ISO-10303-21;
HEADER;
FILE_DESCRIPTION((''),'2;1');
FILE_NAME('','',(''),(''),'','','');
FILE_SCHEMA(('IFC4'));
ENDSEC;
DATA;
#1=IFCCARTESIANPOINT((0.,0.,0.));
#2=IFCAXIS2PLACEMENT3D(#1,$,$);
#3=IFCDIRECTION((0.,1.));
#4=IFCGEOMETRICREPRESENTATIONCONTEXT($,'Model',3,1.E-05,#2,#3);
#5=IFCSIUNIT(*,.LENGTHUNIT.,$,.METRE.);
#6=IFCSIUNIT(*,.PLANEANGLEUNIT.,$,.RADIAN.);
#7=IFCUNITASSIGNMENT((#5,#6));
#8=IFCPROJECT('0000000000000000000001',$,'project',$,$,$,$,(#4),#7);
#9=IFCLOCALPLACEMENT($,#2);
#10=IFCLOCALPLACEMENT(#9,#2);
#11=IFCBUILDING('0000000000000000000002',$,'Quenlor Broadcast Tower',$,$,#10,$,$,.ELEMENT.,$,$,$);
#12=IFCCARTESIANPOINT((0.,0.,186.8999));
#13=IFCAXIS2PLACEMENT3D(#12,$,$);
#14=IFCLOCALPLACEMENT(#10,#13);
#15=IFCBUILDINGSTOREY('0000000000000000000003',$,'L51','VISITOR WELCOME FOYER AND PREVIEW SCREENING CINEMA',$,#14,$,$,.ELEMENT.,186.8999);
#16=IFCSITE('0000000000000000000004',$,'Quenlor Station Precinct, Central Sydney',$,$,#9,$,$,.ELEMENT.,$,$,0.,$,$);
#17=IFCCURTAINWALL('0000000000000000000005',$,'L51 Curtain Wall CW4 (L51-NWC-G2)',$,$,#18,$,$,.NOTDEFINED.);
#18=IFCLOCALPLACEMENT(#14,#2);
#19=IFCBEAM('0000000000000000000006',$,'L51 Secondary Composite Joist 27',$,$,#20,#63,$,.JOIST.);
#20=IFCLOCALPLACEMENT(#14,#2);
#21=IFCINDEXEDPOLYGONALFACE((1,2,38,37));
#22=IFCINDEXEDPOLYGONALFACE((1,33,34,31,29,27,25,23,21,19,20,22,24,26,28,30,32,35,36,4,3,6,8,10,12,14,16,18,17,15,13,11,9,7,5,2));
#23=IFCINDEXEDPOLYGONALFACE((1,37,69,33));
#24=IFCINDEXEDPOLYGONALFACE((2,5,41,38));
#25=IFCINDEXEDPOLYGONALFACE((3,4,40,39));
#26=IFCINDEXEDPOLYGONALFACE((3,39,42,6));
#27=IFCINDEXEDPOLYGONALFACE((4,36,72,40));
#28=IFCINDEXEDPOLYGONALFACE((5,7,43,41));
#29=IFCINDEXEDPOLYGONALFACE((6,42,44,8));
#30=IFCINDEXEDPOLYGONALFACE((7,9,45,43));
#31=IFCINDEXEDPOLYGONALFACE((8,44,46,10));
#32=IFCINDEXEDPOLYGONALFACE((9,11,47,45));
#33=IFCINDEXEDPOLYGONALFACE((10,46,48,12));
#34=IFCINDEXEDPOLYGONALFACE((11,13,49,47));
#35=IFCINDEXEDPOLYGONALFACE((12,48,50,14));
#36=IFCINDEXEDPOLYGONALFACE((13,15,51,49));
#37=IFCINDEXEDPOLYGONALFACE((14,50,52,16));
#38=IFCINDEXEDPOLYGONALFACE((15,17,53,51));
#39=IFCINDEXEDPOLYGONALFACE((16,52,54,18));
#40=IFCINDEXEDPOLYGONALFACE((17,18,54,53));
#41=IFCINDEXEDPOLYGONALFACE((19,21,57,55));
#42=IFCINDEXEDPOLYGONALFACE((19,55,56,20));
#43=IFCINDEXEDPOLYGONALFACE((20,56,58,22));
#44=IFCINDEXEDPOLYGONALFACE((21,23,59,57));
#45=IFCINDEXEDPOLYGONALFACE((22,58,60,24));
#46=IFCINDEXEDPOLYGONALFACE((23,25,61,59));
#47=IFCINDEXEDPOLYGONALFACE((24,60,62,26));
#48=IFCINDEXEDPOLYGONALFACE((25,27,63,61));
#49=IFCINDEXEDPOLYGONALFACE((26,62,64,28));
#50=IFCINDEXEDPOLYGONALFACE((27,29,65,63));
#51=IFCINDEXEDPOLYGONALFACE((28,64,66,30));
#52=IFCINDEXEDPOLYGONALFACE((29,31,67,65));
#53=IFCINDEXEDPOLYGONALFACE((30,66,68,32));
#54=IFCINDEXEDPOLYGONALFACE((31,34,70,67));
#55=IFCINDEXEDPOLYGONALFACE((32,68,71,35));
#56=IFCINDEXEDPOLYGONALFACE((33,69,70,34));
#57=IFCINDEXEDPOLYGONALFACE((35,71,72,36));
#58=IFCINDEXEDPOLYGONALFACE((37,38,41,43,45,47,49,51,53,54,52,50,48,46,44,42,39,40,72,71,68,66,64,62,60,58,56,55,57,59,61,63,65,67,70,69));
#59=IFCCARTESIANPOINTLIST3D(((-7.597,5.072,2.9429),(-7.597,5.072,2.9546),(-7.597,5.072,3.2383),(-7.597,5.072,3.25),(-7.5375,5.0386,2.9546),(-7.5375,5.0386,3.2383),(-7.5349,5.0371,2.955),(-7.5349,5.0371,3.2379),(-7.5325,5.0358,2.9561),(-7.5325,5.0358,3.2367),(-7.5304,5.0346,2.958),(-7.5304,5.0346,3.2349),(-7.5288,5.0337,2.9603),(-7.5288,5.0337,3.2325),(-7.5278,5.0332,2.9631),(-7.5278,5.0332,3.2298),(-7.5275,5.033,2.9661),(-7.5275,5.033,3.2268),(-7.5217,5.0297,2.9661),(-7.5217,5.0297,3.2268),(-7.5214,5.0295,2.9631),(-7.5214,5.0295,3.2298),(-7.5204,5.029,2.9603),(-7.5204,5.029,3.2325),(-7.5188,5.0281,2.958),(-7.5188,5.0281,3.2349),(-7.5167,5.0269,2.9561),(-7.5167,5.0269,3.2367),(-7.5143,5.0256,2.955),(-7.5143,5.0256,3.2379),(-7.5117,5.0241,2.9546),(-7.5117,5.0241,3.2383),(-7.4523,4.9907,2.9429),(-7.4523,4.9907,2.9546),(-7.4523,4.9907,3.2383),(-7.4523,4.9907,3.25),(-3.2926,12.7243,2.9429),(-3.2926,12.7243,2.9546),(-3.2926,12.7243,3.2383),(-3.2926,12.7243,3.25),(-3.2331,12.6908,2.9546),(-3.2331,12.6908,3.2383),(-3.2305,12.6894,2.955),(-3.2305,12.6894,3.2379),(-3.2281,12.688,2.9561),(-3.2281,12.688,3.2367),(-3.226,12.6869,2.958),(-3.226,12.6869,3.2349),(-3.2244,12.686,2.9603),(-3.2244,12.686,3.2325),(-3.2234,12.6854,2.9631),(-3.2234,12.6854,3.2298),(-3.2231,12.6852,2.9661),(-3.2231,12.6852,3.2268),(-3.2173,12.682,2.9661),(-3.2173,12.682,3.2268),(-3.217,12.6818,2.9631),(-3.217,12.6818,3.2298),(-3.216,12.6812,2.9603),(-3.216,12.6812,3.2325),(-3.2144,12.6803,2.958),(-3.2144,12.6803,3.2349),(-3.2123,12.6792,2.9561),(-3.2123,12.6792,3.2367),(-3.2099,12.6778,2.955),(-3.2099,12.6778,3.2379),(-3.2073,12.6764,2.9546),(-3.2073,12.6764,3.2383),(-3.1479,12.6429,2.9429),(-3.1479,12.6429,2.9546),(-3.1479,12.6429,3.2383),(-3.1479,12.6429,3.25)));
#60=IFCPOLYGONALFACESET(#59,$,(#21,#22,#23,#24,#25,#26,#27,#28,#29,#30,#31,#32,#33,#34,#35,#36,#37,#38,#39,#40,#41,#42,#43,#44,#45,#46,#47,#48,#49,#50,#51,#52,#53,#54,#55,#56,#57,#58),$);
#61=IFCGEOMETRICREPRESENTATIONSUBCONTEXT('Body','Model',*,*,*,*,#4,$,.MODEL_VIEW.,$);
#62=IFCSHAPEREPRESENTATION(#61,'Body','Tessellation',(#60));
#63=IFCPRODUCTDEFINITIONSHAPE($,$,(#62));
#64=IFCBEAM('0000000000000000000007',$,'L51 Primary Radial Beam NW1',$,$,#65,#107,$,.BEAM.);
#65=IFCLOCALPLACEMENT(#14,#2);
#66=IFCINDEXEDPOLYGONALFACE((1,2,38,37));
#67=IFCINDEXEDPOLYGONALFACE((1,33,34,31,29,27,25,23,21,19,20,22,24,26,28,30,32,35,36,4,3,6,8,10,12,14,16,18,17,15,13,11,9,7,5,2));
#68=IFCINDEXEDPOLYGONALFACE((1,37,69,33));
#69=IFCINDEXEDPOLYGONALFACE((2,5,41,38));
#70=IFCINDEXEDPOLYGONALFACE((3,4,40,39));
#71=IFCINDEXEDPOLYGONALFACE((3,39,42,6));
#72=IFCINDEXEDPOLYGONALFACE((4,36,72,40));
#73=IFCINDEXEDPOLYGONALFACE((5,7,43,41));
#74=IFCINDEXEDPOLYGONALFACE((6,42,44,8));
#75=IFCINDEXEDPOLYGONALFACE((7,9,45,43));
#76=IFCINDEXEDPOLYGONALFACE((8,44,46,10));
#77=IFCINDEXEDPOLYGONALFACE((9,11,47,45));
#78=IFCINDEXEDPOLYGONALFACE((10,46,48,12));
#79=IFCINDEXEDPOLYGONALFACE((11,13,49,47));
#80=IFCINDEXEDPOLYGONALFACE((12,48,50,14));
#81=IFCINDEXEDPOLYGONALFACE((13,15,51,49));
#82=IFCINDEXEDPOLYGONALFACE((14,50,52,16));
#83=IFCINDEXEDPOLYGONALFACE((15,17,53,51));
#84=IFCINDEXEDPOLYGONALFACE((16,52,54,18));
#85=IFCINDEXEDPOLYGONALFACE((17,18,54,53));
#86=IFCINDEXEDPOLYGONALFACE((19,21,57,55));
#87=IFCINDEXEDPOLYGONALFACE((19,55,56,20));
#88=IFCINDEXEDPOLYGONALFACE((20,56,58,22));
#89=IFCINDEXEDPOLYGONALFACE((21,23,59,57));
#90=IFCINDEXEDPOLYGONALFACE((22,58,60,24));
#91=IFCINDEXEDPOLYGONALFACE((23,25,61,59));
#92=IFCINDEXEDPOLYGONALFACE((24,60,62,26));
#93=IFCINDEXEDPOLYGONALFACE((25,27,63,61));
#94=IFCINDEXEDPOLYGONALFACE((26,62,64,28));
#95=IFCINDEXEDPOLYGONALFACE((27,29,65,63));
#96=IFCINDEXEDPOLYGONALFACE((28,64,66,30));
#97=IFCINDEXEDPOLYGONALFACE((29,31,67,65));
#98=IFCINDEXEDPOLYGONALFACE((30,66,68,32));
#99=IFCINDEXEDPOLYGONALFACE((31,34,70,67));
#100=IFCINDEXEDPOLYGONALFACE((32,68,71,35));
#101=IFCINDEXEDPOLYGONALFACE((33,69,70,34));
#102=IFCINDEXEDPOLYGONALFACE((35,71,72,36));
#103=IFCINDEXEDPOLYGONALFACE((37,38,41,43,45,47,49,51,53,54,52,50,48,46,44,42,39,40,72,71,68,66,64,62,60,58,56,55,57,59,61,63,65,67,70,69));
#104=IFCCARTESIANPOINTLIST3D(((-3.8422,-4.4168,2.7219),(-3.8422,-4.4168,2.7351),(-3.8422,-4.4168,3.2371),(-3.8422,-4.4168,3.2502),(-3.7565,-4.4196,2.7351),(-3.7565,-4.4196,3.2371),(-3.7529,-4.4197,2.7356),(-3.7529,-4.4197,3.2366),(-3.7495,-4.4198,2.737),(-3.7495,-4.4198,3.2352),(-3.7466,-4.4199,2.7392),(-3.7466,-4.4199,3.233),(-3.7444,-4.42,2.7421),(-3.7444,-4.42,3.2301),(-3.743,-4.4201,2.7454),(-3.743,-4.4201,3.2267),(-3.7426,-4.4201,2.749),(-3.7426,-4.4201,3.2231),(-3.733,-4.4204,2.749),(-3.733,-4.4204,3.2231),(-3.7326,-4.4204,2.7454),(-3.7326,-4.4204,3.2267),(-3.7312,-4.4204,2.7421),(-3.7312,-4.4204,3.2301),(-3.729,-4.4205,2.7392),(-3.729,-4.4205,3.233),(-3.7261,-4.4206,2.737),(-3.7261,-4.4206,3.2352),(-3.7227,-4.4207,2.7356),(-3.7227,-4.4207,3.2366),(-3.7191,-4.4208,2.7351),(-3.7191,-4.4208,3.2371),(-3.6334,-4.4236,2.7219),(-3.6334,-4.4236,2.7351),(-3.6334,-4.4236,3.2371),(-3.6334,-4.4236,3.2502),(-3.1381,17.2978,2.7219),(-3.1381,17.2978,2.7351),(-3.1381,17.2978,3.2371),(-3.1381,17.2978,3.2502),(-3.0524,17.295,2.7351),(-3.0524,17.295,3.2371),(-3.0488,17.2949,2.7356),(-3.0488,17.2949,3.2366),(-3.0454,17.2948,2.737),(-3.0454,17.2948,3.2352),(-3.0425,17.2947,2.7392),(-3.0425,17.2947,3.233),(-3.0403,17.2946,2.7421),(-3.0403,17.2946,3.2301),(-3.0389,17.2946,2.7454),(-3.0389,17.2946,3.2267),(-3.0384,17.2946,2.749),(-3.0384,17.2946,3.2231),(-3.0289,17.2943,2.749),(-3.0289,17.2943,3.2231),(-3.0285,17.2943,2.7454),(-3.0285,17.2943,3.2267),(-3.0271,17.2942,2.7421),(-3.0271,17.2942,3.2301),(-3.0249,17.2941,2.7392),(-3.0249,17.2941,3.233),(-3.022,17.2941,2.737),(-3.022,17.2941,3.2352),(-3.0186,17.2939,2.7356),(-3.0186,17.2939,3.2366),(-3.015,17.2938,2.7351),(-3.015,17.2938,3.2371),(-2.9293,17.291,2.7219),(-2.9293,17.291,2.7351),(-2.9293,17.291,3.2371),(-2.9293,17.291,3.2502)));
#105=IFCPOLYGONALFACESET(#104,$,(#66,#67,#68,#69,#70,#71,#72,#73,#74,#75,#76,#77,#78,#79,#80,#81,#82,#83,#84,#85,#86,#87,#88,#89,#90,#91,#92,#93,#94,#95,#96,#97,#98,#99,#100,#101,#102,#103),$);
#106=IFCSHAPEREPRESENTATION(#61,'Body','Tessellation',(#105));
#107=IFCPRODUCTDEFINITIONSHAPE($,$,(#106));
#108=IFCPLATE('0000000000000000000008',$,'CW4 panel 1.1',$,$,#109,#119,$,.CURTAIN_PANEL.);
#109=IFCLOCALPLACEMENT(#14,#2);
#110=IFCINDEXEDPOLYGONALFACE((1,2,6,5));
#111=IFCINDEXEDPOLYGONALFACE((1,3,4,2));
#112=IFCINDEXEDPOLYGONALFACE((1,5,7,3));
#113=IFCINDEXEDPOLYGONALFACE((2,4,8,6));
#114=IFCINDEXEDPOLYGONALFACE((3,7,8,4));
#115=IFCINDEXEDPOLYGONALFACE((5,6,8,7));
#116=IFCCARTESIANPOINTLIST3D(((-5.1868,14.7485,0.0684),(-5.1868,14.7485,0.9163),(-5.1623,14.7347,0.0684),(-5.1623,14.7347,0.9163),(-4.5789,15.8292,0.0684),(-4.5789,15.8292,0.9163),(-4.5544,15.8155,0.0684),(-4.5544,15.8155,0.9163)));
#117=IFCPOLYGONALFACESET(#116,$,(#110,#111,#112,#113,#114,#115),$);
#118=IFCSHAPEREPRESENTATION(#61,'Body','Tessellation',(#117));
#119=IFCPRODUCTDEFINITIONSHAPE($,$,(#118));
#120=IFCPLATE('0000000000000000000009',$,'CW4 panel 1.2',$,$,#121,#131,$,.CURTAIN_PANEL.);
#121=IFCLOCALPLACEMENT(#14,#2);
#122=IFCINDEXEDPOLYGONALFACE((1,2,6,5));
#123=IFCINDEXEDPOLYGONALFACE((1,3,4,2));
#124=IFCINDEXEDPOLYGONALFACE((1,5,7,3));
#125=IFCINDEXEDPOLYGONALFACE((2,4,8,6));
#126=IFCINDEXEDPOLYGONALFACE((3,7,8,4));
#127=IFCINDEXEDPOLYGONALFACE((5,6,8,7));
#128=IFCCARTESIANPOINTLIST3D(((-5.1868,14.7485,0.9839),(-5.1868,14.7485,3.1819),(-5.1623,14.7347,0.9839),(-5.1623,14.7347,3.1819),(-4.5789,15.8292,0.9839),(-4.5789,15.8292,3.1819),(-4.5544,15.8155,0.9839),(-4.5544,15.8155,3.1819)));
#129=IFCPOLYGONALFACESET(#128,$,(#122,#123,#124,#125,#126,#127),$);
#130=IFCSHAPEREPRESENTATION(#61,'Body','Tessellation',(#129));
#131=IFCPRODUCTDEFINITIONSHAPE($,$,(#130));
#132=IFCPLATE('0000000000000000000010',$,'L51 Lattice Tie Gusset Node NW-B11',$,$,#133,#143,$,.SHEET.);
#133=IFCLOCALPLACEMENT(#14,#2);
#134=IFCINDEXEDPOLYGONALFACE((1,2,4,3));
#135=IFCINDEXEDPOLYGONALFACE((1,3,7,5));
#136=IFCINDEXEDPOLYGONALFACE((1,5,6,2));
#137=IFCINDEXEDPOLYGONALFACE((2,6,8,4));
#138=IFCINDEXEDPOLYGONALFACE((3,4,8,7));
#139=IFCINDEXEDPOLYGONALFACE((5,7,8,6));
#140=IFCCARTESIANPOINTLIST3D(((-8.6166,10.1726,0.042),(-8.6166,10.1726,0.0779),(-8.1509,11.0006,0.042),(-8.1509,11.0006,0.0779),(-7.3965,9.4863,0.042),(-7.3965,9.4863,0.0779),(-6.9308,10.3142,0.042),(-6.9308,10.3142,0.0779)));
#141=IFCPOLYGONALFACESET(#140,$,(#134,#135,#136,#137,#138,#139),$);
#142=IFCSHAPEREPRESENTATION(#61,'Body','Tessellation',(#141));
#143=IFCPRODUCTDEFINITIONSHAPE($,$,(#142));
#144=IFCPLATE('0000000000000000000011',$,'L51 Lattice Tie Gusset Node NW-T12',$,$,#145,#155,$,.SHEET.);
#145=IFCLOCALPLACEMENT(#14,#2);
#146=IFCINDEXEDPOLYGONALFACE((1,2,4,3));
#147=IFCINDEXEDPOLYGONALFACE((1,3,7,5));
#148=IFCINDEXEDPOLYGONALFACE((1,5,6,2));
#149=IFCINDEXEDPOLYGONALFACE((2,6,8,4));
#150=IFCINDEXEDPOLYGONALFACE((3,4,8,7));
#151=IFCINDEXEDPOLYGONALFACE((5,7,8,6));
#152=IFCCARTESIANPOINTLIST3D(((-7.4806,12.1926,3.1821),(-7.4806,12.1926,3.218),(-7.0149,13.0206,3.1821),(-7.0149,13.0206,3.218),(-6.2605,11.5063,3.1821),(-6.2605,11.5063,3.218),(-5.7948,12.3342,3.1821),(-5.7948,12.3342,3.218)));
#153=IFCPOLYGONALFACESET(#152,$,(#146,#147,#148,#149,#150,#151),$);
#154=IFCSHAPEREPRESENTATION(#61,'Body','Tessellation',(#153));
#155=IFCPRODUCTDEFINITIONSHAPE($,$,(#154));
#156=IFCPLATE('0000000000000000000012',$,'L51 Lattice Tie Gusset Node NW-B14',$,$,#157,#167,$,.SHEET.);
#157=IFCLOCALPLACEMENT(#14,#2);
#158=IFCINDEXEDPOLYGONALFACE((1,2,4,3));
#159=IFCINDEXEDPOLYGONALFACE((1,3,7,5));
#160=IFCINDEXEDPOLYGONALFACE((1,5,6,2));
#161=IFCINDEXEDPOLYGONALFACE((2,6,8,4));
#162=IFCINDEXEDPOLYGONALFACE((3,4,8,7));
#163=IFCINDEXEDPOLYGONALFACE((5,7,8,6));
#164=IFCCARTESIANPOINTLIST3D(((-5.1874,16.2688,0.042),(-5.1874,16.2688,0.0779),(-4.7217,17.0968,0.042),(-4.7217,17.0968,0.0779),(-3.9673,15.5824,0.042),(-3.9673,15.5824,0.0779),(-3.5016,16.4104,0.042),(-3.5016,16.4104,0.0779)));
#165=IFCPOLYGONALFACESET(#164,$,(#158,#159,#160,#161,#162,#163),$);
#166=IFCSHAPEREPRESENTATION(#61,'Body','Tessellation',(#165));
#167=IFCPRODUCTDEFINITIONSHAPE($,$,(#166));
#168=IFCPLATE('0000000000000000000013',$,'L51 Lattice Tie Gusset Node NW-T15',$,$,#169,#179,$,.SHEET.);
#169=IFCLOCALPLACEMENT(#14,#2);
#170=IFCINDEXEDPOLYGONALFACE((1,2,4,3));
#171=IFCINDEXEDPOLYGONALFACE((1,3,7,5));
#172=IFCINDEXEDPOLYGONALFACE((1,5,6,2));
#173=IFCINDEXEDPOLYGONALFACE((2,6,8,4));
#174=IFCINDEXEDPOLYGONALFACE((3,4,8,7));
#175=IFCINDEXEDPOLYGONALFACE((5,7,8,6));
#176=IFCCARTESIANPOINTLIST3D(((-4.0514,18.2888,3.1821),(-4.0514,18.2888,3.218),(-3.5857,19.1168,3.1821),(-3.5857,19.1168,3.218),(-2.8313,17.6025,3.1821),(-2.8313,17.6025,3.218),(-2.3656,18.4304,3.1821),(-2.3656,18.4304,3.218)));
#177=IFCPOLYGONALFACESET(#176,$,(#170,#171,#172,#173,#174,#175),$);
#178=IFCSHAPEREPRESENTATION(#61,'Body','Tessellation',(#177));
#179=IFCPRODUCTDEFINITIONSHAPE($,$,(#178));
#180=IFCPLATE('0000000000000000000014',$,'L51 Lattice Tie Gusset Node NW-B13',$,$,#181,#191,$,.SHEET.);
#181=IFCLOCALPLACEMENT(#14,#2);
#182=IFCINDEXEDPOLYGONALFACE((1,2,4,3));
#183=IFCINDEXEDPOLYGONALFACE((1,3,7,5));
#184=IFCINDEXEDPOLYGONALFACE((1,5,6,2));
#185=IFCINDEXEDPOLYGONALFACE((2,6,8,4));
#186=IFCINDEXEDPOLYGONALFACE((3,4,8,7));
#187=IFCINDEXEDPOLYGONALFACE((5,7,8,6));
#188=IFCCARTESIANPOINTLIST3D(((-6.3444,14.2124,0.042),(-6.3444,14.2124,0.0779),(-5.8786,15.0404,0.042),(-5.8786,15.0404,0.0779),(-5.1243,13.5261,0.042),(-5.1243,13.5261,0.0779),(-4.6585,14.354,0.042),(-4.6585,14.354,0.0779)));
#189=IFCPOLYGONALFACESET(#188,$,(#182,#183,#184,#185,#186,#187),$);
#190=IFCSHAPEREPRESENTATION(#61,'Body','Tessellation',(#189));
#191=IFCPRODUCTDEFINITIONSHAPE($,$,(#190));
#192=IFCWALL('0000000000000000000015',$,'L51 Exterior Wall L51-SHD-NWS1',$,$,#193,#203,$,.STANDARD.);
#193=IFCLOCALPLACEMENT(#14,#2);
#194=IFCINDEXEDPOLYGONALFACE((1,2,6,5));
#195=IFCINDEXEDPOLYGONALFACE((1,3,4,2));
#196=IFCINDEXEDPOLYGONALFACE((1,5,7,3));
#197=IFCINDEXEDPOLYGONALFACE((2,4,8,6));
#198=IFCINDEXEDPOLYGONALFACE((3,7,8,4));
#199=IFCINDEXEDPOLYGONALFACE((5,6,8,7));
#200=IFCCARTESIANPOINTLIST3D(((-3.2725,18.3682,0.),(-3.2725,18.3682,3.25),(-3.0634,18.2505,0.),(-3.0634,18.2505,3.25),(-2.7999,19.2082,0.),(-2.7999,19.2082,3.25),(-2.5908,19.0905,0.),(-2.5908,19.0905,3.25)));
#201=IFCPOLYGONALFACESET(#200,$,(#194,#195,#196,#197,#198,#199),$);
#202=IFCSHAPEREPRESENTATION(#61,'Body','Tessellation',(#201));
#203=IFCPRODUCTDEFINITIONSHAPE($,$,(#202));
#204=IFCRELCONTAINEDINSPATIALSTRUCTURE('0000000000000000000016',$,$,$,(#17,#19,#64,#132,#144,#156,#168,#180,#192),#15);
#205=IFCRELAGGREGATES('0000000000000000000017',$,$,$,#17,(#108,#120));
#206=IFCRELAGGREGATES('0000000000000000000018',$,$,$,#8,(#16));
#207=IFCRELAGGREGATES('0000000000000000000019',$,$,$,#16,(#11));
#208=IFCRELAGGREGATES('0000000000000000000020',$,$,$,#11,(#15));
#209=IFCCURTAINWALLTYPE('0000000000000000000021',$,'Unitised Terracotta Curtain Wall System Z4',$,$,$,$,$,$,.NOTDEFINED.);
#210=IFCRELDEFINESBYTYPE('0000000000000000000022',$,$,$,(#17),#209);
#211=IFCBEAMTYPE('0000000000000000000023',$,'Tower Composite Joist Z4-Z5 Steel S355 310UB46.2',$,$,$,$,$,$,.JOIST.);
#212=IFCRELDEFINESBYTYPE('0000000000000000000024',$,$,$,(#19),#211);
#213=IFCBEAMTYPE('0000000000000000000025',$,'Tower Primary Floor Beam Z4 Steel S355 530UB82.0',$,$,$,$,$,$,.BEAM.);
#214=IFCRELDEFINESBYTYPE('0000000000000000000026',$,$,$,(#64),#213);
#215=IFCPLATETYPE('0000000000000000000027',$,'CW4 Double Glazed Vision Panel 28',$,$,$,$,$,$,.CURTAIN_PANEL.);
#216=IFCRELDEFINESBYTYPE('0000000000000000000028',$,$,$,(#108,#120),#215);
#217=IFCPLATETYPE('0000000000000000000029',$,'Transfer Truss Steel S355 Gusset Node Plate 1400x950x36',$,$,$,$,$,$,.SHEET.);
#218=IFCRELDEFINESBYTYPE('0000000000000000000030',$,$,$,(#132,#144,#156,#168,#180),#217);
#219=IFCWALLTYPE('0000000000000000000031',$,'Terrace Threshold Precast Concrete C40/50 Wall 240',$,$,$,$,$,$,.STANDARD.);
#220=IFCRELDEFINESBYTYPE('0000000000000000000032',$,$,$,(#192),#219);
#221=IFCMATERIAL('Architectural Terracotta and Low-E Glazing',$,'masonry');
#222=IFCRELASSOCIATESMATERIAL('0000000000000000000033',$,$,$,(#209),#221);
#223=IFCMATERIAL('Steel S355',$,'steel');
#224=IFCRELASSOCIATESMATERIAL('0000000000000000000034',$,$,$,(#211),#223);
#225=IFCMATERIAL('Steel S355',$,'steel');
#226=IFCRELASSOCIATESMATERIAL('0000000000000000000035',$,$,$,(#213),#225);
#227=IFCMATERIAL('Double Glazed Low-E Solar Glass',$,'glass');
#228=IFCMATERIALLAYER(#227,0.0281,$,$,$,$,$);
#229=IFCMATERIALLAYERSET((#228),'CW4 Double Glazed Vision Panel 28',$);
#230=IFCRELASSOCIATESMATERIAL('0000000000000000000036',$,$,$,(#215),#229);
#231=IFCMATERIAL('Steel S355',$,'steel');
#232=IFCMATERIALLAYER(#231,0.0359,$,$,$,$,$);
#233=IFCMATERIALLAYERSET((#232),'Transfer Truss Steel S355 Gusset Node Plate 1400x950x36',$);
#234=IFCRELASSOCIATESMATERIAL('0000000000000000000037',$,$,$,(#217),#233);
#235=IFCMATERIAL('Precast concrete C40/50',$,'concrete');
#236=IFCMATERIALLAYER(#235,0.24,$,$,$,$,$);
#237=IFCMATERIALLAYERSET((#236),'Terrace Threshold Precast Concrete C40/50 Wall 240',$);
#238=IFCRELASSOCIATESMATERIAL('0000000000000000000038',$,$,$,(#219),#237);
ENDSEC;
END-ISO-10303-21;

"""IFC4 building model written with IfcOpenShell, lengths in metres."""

from ifc_helpers import new_model, si_unit, direction, frame, frame_2d, origin, origin_2d, place, context, subcontext, project, spatial, rectangle, i_section, extrude, material, layer, layer_set, material_profile, profile_set, type_object, element, aggregate, save


model = new_model("IFC4")

# Units and contexts
model_context = context("Model", 3, precision=1e-05, world=origin(), true_north=direction((0.0, 1.0)))
body_context = subcontext(model_context, "Body", "Model", "MODEL_VIEW")
ifc_project = project(units=[si_unit("LENGTHUNIT", "METRE"), si_unit("PLANEANGLEUNIT", "RADIAN")], contexts=[model_context])

# Site, building, storey
site_placement = place(None, origin())
site = spatial("IfcSite", under=ifc_project, at=site_placement, Name="Quenlor Station Precinct, Central Sydney", CompositionType="ELEMENT", RefElevation=0.0)
building_placement = place(site_placement, origin())
building = spatial("IfcBuilding", under=site, at=building_placement, Name="Quenlor Broadcast Tower", CompositionType="ELEMENT")
storey_placement = place(building_placement, frame((0.0, 0.0, 186.8999)))
storey = spatial("IfcBuildingStorey", under=building, at=storey_placement, Name="L51", Description="VISITOR WELCOME FOYER AND PREVIEW SCREENING CINEMA", CompositionType="ELEMENT", Elevation=186.8999)

# Curtain wall
ifc_material_1 = material(Name="Architectural Terracotta and Low-E Glazing", Category="masonry")
curtain_wall_type = type_object("IfcCurtainWallType", Name="Unitised Terracotta Curtain Wall System Z4", PredefinedType="NOTDEFINED", material=ifc_material_1)
curtain_wall_placement = place(storey_placement, origin())
curtain_wall = element("IfcCurtainWall", 1, at=curtain_wall_placement, inside=storey, type_object=curtain_wall_type, Name="L51 Curtain Wall CW4 (L51-NWC-G2)", PredefinedType="NOTDEFINED")

# Beams
ifc_material_2 = material(Name="Steel S355", Category="steel")
ifc_material_profile_1 = material_profile(ifc_material_2, i_section(OverallWidth=0.166, OverallDepth=0.3071, WebThickness=0.0066, FlangeThickness=0.0117, FilletRadius=0.0115, at=origin_2d()))
ifc_profile_set_1 = profile_set([ifc_material_profile_1], Name="Steel S355 310UB46.2")
beam_type_1 = type_object("IfcBeamType", Name="Tower Composite Joist Z4-Z5 Steel S355 310UB46.2", PredefinedType="JOIST", material=ifc_profile_set_1)
beam_1_placement = place(storey_placement, frame((-3.2202, 12.6836, 3.0964), z_axis=(-0.490261, -0.871576, 0.0), x_axis=(0.871576, -0.490261, 0.0)))
element("IfcBeam", 2, at=beam_1_placement, inside=storey, type_object=beam_type_1, Name="L51 Secondary Composite Joist 27", PredefinedType="JOIST", context=body_context, shape_type="SweptSolid", body=[
    extrude(i_section(OverallWidth=0.166, OverallDepth=0.3071, WebThickness=0.0066, FlangeThickness=0.0117, FilletRadius=0.0115, at=origin_2d()), origin(), (0.0, 0.0, 1.0), 8.7798),
])
ifc_material_3 = material(Name="Steel S355", Category="steel")
ifc_material_profile_2 = material_profile(ifc_material_3, i_section(OverallWidth=0.209, OverallDepth=0.5283, WebThickness=0.0095, FlangeThickness=0.0132, FilletRadius=0.0139, at=origin_2d()))
ifc_profile_set_2 = profile_set([ifc_material_profile_2], Name="Steel S355 530UB82.0")
beam_type_2 = type_object("IfcBeamType", Name="Tower Primary Floor Beam Z4 Steel S355 530UB82.0", PredefinedType="BEAM", material=ifc_profile_set_2)
beam_2_placement = place(storey_placement, frame((-3.0337, 17.2944, 2.9861), z_axis=(-0.032408, -0.999475, 0.0), x_axis=(0.999475, -0.032408, 0.0)))
element("IfcBeam", 3, at=beam_2_placement, inside=storey, type_object=beam_type_2, Name="L51 Primary Radial Beam NW1", PredefinedType="BEAM", context=body_context, shape_type="SweptSolid", body=[
    extrude(i_section(OverallWidth=0.209, OverallDepth=0.5283, WebThickness=0.0095, FlangeThickness=0.0132, FilletRadius=0.0139, at=origin_2d()), origin(), (0.0, 0.0, 1.0), 21.7261),
])

# Plates
ifc_material_4 = material(Name="Double Glazed Low-E Solar Glass", Category="glass")
ifc_layer_1 = layer(ifc_material_4, 0.0281)
ifc_layer_set_1 = layer_set([ifc_layer_1], Name="CW4 Double Glazed Vision Panel 28")
plate_type_1 = type_object("IfcPlateType", Name="CW4 Double Glazed Vision Panel 28", PredefinedType="CURTAIN_PANEL", material=ifc_layer_set_1)
plate_1_placement = place(storey_placement, frame((-4.8706, 15.282, 0.0684), z_axis=(0.0, 0.0, 1.0), x_axis=(0.490289, 0.87156, 0.0)))
plate_1 = element("IfcPlate", 4, at=plate_1_placement, type_object=plate_type_1, Name="CW4 panel 1.1", PredefinedType="CURTAIN_PANEL", context=body_context, shape_type="SweptSolid", body=[
    extrude(rectangle(XDim=1.24, YDim=0.0281, at=origin_2d()), origin(), (0.0, 0.0, 1.0), 0.8479),
])
plate_2_placement = place(storey_placement, frame((-4.8706, 15.282, 0.9839), z_axis=(0.0, 0.0, 1.0), x_axis=(0.490289, 0.87156, 0.0)))
plate_2 = element("IfcPlate", 5, at=plate_2_placement, type_object=plate_type_1, Name="CW4 panel 1.2", PredefinedType="CURTAIN_PANEL", context=body_context, shape_type="SweptSolid", body=[
    extrude(rectangle(XDim=1.24, YDim=0.0281, at=origin_2d()), origin(), (0.0, 0.0, 1.0), 2.198),
])
aggregate(curtain_wall, [plate_1, plate_2])

# Plates
ifc_material_5 = material(Name="Steel S355", Category="steel")
ifc_layer_2 = layer(ifc_material_5, 0.0359)
ifc_layer_set_2 = layer_set([ifc_layer_2], Name="Transfer Truss Steel S355 Gusset Node Plate 1400x950x36")
plate_type_2 = type_object("IfcPlateType", Name="Transfer Truss Steel S355 Gusset Node Plate 1400x950x36", PredefinedType="SHEET", material=ifc_layer_set_2)
for number, where, z_axis, x_axis, name in (
    (6, (-7.7737, 10.2434, 0.042), (0.0, 0.0, 1.0), (-0.871556, 0.490295, 0.0), "L51 Lattice Tie Gusset Node NW-B11"),
    (7, (-6.6377, 12.2634, 3.1821), (0.0, 0.0, 1.0), (-0.871556, 0.490295, 0.0), "L51 Lattice Tie Gusset Node NW-T12"),
    (8, (-4.3445, 16.3396, 0.042), (0.0, 0.0, 1.0), (-0.871556, 0.490295, 0.0), "L51 Lattice Tie Gusset Node NW-B14"),
    (9, (-3.2085, 18.3596, 3.1821), (0.0, 0.0, 1.0), (-0.871556, 0.490295, 0.0), "L51 Lattice Tie Gusset Node NW-T15"),
    (10, (-5.5015, 14.2832, 0.042), (0.0, 0.0, 1.0), (-0.871556, 0.490295, 0.0), "L51 Lattice Tie Gusset Node NW-B13"),
):
    element("IfcPlate", number, at=place(storey_placement, frame(where, z_axis=z_axis, x_axis=x_axis)), inside=storey, type_object=plate_type_2, Name=name, PredefinedType="SHEET", context=body_context, shape_type="SweptSolid", body=[
        extrude(rectangle(XDim=1.3999, YDim=0.95, at=origin_2d()), origin(), (0.0, 0.0, 1.0), 0.0359),
    ])

# Wall
ifc_material_6 = material(Name="Precast concrete C40/50", Category="concrete")
ifc_layer_3 = layer(ifc_material_6, 0.24)
ifc_layer_set_3 = layer_set([ifc_layer_3], Name="Terrace Threshold Precast Concrete C40/50 Wall 240")
wall_type_1 = type_object("IfcWallType", Name="Terrace Threshold Precast Concrete C40/50 Wall 240", PredefinedType="STANDARD", material=ifc_layer_set_3)
wall_1_placement = place(storey_placement, frame((-3.168, 18.3093, 0.0), z_axis=(0.0, 0.0, 1.0), x_axis=(0.490345, 0.871528, 0.0)))
element("IfcWall", 11, at=wall_1_placement, inside=storey, type_object=wall_type_1, Name="L51 Exterior Wall L51-SHD-NWS1", PredefinedType="STANDARD", context=body_context, shape_type="SweptSolid", body=[
    extrude(rectangle(XDim=0.9639, YDim=0.24, at=frame_2d((0.4819, 0.0))), origin(), (0.0, 0.0, 1.0), 3.25),
])

save(model, "model.ifc")
